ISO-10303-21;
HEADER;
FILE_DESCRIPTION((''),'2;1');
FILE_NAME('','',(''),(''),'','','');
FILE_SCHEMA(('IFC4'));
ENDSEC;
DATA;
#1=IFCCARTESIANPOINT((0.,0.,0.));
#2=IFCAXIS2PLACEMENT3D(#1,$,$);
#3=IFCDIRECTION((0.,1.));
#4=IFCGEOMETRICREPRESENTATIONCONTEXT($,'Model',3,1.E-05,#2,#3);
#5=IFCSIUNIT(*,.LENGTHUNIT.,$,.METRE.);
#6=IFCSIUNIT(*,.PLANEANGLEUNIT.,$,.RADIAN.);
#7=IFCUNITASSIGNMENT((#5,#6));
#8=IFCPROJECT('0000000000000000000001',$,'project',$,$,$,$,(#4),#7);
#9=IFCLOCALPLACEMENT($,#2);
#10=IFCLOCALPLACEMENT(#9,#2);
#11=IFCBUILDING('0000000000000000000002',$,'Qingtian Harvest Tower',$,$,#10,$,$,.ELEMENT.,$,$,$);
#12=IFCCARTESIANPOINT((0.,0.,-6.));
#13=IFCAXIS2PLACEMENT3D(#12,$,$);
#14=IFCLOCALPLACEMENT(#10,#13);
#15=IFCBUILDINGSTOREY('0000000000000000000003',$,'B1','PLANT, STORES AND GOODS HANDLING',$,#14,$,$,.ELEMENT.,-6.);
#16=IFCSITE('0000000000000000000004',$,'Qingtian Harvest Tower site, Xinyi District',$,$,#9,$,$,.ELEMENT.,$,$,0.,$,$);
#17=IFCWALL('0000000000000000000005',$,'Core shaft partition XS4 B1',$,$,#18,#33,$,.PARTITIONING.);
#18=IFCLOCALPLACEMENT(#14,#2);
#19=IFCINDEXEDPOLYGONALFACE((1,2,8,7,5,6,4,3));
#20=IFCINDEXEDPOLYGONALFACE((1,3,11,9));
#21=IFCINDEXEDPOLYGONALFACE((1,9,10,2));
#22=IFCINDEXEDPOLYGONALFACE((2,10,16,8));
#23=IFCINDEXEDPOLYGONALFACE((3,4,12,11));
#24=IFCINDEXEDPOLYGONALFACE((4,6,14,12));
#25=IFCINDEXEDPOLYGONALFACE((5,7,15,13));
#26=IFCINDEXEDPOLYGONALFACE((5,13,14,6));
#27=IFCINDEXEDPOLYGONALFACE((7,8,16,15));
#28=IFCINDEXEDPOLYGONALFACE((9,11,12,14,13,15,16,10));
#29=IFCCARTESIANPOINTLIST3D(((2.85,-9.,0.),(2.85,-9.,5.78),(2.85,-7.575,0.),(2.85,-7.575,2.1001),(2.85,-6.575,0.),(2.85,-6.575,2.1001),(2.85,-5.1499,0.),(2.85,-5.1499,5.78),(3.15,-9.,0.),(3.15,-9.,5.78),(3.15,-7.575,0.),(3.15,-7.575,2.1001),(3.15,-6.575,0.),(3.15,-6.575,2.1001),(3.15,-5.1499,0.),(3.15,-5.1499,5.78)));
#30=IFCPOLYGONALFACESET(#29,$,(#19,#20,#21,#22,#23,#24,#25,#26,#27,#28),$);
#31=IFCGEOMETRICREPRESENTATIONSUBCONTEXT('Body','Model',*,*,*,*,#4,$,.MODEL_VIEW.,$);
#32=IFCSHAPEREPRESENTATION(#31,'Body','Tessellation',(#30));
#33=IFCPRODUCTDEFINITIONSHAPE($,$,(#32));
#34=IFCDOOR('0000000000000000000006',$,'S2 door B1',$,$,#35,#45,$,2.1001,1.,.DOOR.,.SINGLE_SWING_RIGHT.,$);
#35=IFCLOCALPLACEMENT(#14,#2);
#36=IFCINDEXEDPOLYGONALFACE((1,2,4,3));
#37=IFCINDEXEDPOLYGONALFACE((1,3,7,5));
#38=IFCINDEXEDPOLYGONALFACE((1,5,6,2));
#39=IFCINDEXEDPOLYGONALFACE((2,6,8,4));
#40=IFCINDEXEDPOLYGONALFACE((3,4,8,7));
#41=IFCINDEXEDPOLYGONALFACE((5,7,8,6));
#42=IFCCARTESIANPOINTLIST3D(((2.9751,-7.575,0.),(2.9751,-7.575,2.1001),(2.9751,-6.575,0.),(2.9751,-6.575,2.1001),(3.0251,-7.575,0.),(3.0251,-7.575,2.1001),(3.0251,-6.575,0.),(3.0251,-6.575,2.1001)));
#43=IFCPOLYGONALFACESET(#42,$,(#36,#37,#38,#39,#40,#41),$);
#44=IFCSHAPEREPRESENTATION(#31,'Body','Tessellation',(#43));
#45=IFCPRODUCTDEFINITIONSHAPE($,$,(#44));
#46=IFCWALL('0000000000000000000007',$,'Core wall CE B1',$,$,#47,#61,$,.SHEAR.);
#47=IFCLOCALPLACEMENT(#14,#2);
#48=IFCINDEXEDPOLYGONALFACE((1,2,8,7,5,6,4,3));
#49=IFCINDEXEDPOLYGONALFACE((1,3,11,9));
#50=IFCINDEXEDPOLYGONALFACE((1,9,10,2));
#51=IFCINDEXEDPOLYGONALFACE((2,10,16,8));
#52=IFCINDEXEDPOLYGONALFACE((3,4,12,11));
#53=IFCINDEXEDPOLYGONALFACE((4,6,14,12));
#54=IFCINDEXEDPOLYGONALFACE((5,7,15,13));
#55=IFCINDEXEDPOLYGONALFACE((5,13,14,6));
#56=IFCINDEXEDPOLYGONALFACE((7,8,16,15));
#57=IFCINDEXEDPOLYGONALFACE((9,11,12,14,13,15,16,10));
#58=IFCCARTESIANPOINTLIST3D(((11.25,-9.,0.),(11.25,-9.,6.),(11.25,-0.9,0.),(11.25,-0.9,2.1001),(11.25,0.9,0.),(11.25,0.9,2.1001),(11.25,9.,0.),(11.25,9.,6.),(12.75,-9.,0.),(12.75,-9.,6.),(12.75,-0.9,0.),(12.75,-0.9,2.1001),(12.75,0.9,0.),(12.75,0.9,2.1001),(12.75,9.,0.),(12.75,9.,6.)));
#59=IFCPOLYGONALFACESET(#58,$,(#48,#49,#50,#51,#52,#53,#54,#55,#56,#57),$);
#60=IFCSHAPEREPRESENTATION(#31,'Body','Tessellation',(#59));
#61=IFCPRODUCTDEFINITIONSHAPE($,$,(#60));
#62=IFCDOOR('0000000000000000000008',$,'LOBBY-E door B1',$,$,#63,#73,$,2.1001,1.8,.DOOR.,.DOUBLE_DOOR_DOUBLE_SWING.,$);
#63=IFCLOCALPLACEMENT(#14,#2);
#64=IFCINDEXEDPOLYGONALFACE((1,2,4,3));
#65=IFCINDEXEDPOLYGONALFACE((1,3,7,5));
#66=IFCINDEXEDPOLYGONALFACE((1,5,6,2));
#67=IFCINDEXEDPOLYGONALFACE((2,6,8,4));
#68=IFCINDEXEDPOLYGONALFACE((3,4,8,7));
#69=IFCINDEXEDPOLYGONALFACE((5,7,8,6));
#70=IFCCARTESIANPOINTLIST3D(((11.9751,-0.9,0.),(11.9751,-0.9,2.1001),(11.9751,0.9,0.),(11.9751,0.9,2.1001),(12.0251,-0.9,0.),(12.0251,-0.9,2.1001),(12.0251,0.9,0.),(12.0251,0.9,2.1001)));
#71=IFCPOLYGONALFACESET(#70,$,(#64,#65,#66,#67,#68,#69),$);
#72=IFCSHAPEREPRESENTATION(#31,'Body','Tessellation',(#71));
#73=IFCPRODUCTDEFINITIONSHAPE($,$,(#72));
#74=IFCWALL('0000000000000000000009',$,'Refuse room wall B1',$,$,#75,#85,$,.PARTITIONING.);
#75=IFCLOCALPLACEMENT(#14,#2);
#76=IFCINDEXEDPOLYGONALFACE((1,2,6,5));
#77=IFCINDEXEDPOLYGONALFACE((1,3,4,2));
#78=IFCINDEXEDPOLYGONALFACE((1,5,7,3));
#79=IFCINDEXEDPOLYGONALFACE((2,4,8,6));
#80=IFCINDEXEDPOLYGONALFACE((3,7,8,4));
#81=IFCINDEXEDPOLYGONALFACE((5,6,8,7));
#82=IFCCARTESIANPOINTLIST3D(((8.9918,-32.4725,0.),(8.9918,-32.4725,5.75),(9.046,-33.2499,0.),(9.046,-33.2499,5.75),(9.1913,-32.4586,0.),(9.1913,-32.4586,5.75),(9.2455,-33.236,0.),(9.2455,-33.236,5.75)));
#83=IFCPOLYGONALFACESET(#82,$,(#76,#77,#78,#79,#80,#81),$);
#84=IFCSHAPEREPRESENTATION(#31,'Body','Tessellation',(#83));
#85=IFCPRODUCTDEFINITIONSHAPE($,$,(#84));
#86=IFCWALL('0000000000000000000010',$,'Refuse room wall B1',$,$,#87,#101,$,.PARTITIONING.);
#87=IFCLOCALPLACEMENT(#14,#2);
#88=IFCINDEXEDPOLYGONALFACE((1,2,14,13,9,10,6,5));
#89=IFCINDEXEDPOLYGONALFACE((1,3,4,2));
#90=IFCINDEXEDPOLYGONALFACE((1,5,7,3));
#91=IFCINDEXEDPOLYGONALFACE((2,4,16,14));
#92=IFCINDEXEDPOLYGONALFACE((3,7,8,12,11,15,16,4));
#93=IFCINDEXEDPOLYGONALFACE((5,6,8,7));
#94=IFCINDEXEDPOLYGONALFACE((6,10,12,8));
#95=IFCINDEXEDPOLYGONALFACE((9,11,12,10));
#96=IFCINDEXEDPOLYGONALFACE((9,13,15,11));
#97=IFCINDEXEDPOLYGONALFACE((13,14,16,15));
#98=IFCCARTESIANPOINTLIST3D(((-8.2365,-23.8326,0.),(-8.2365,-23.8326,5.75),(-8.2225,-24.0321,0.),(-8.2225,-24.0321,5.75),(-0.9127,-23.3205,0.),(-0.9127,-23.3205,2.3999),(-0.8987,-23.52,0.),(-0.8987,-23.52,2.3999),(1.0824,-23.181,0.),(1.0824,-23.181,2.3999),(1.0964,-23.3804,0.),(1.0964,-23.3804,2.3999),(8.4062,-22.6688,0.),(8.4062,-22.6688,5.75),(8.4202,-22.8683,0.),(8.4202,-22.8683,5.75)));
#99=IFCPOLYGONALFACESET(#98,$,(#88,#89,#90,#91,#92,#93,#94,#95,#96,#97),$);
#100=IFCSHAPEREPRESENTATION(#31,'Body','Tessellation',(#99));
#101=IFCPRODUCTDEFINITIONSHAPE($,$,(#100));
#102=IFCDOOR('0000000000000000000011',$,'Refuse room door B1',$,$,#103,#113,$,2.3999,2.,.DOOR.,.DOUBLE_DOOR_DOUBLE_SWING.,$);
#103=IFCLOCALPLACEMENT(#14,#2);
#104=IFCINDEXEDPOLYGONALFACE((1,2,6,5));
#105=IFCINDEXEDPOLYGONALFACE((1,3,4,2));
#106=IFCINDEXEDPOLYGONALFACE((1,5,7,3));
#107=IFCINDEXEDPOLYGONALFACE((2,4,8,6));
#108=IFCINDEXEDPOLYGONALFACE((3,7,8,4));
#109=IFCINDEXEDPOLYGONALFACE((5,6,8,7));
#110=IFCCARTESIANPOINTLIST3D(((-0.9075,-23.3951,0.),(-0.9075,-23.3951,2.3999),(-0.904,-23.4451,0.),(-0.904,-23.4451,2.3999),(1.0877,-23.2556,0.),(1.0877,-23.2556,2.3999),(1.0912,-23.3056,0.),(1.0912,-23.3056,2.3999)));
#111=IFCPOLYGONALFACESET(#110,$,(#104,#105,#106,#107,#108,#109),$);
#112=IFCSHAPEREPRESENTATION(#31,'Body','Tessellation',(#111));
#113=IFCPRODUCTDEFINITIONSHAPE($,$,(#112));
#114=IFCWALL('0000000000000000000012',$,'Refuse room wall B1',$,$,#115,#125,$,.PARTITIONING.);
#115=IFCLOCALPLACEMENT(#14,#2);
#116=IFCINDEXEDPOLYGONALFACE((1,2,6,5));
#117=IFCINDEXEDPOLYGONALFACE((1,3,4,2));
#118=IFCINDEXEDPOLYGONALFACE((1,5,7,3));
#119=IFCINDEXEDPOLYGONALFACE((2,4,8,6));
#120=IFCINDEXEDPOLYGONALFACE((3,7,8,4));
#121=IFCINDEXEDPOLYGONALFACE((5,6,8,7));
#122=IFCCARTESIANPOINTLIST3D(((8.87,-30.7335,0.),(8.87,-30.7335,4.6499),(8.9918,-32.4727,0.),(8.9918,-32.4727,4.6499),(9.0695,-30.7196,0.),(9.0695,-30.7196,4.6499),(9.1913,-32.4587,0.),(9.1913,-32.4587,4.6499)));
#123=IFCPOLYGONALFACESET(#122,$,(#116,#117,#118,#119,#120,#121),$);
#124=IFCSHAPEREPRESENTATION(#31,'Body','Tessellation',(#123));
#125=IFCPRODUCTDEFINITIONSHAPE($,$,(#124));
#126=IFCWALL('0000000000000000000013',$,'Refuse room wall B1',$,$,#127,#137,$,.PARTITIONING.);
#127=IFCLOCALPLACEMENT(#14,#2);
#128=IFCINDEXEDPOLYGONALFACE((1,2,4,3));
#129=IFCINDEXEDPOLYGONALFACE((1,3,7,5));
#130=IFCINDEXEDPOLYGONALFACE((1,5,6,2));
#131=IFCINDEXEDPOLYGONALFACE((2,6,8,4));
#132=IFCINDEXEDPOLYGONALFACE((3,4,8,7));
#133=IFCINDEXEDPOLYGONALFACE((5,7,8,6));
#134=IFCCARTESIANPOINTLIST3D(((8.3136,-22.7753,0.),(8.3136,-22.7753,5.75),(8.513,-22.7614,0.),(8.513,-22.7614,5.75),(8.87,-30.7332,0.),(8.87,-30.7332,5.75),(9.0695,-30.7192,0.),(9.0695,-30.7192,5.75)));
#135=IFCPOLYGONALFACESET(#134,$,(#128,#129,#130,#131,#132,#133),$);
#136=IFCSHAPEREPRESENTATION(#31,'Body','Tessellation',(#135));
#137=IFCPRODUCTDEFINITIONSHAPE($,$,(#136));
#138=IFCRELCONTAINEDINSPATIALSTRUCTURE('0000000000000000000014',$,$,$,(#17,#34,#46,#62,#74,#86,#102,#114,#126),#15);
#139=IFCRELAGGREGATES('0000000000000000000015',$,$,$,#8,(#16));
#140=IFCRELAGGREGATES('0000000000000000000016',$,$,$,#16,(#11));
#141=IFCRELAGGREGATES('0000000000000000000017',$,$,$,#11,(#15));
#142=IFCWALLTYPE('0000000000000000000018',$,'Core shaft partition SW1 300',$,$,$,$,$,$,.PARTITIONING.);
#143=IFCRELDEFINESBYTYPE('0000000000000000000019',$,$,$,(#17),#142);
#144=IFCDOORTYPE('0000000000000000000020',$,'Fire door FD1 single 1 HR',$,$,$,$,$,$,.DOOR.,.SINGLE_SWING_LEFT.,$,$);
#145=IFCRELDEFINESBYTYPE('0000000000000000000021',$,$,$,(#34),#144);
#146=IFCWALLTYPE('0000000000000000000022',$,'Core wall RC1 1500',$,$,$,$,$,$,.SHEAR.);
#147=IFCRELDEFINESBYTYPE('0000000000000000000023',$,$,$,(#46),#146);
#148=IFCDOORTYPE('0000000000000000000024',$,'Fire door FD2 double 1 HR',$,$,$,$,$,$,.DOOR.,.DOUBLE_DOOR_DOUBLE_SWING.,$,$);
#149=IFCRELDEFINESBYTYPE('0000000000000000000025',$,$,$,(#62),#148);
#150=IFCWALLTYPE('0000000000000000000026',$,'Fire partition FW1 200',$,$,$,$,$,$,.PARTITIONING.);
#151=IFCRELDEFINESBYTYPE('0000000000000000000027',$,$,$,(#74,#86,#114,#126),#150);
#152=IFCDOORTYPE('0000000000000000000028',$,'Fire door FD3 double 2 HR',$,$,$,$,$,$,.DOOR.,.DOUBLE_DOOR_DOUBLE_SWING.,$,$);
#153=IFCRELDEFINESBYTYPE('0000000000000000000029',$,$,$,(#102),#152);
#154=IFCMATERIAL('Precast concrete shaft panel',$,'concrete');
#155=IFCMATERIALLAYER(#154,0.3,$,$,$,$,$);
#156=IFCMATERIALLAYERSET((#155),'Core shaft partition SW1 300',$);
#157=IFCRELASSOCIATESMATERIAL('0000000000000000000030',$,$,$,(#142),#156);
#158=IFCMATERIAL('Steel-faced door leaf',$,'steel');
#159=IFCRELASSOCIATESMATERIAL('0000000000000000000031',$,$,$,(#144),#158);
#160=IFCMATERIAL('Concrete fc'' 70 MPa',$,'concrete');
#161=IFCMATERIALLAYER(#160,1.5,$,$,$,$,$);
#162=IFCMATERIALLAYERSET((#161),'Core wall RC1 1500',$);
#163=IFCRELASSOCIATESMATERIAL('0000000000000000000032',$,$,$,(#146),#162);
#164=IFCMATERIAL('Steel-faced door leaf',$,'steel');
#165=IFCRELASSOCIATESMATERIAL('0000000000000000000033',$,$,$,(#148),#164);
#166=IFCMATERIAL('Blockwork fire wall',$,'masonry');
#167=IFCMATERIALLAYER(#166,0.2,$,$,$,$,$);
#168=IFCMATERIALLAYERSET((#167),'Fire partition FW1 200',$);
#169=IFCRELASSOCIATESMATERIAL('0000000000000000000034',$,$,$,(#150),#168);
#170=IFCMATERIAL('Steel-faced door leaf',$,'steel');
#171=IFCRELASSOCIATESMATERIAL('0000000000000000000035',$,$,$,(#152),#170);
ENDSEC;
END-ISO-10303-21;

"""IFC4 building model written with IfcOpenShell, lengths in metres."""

from ifc_helpers import new_model, si_unit, direction, frame, frame_2d, origin, place, context, subcontext, project, spatial, rectangle, extrude, material, layer, layer_set, type_object, element, fill, save


model = new_model("IFC4")

# Units and contexts
model_context = context("Model", 3, precision=1e-05, world=origin(), true_north=direction((0.0, 1.0)))
body_context = subcontext(model_context, "Body", "Model", "MODEL_VIEW")
ifc_project = project(units=[si_unit("LENGTHUNIT", "METRE"), si_unit("PLANEANGLEUNIT", "RADIAN")], contexts=[model_context])

# Site, building, storey
site_placement = place(None, origin())
site = spatial("IfcSite", under=ifc_project, at=site_placement, Name="Qingtian Harvest Tower site, Xinyi District", CompositionType="ELEMENT", RefElevation=0.0)
building_placement = place(site_placement, origin())
building = spatial("IfcBuilding", under=site, at=building_placement, Name="Qingtian Harvest Tower", CompositionType="ELEMENT")
storey_placement = place(building_placement, frame((0.0, 0.0, -6.0)))
storey = spatial("IfcBuildingStorey", under=building, at=storey_placement, Name="B1", Description="PLANT, STORES AND GOODS HANDLING", CompositionType="ELEMENT", Elevation=-6.0)

# Walls, openings, doors
ifc_material_1 = material(Name="Precast concrete shaft panel", Category="concrete")
ifc_layer_1 = layer(ifc_material_1, 0.3)
ifc_layer_set_1 = layer_set([ifc_layer_1], Name="Core shaft partition SW1 300")
wall_type_1 = type_object("IfcWallType", Name="Core shaft partition SW1 300", PredefinedType="PARTITIONING", material=ifc_layer_set_1)
wall_1_placement = place(storey_placement, frame((3.0, -9.0, 0.0), z_axis=(0.0, 0.0, 1.0), x_axis=(0.0, 1.0, 0.0)))
wall_1 = element("IfcWall", 1, at=wall_1_placement, inside=storey, type_object=wall_type_1, Name="Core shaft partition XS4 B1", PredefinedType="PARTITIONING", context=body_context, shape_type="SweptSolid", body=[
    extrude(rectangle(XDim=3.8501, YDim=0.3, at=frame_2d((1.925, 0.0))), origin(), (0.0, 0.0, 1.0), 5.78),
])
opening_1_placement = place(wall_1_placement, frame((1.425, 0.0, 0.0)))
opening_1 = element("IfcOpeningElement", 2, at=opening_1_placement, cuts=wall_1, PredefinedType="OPENING", context=body_context, shape_type="SweptSolid", body=[
    extrude(rectangle(XDim=1.0, YDim=2.1001, at=frame_2d((0.5, 1.05))), frame((0.0, 0.1599, 0.0), z_axis=(0.0, -1.0, 0.0), x_axis=(1.0, 0.0, 0.0)), (0.0, 0.0, 1.0), 0.3201),
])
ifc_material_2 = material(Name="Steel-faced door leaf", Category="steel")
door_type_1 = type_object("IfcDoorType", Name="Fire door FD1 single 1 HR", OperationType="SINGLE_SWING_LEFT", PredefinedType="DOOR", material=ifc_material_2)
door_1_placement = place(opening_1_placement, origin())
door_1 = element("IfcDoor", 3, at=door_1_placement, inside=storey, type_object=door_type_1, Name="S2 door B1", OperationType="SINGLE_SWING_RIGHT", OverallHeight=2.1001, OverallWidth=1.0, PredefinedType="DOOR", context=body_context, shape_type="SweptSolid", body=[
    extrude(rectangle(XDim=1.0, YDim=2.1001, at=frame_2d((0.5, 1.05))), frame((0.0, 0.0249, 0.0), z_axis=(0.0, -1.0, 0.0), x_axis=(1.0, 0.0, 0.0)), (0.0, 0.0, 1.0), 0.05),
])
fill(opening_1, door_1)
ifc_material_3 = material(Name="Concrete fc' 70 MPa", Category="concrete")
ifc_layer_2 = layer(ifc_material_3, 1.5)
ifc_layer_set_2 = layer_set([ifc_layer_2], Name="Core wall RC1 1500")
wall_type_2 = type_object("IfcWallType", Name="Core wall RC1 1500", PredefinedType="SHEAR", material=ifc_layer_set_2)
wall_2_placement = place(storey_placement, frame((12.0, -9.0, 0.0), z_axis=(0.0, 0.0, 1.0), x_axis=(0.0, 1.0, 0.0)))
wall_2 = element("IfcWall", 4, at=wall_2_placement, inside=storey, type_object=wall_type_2, Name="Core wall CE B1", PredefinedType="SHEAR", context=body_context, shape_type="SweptSolid", body=[
    extrude(rectangle(XDim=18.0, YDim=1.5, at=frame_2d((9.0, 0.0))), origin(), (0.0, 0.0, 1.0), 6.0),
])
opening_2_placement = place(wall_2_placement, frame((8.1001, 0.0, 0.0)))
opening_2 = element("IfcOpeningElement", 5, at=opening_2_placement, cuts=wall_2, PredefinedType="OPENING", context=body_context, shape_type="SweptSolid", body=[
    extrude(rectangle(XDim=1.8, YDim=2.1001, at=frame_2d((0.8999, 1.05))), frame((0.0, 0.76, 0.0), z_axis=(0.0, -1.0, 0.0), x_axis=(1.0, 0.0, 0.0)), (0.0, 0.0, 1.0), 1.52),
])
ifc_material_4 = material(Name="Steel-faced door leaf", Category="steel")
door_type_2 = type_object("IfcDoorType", Name="Fire door FD2 double 1 HR", OperationType="DOUBLE_DOOR_DOUBLE_SWING", PredefinedType="DOOR", material=ifc_material_4)
door_2_placement = place(opening_2_placement, origin())
door_2 = element("IfcDoor", 6, at=door_2_placement, inside=storey, type_object=door_type_2, Name="LOBBY-E door B1", OperationType="DOUBLE_DOOR_DOUBLE_SWING", OverallHeight=2.1001, OverallWidth=1.8, PredefinedType="DOOR", context=body_context, shape_type="SweptSolid", body=[
    extrude(rectangle(XDim=1.8, YDim=2.1001, at=frame_2d((0.8999, 1.05))), frame((0.0, 0.0249, 0.0), z_axis=(0.0, -1.0, 0.0), x_axis=(1.0, 0.0, 0.0)), (0.0, 0.0, 1.0), 0.05),
])
fill(opening_2, door_2)

# Wall
ifc_material_5 = material(Name="Blockwork fire wall", Category="masonry")
ifc_layer_3 = layer(ifc_material_5, 0.2)
ifc_layer_set_3 = layer_set([ifc_layer_3], Name="Fire partition FW1 200")
wall_type_3 = type_object("IfcWallType", Name="Fire partition FW1 200", PredefinedType="PARTITIONING", material=ifc_layer_set_3)
wall_3_placement = place(storey_placement, frame((9.1458, -33.2429, 0.0), z_axis=(0.0, 0.0, 1.0), x_axis=(-0.069555, 0.997578, 0.0)))
element("IfcWall", 7, at=wall_3_placement, inside=storey, type_object=wall_type_3, Name="Refuse room wall B1", PredefinedType="PARTITIONING", context=body_context, shape_type="SweptSolid", body=[
    extrude(rectangle(XDim=0.7793, YDim=0.2, at=frame_2d((0.3896, 0.0))), origin(), (0.0, 0.0, 1.0), 5.75),
])

# Wall, opening, door
wall_4_placement = place(storey_placement, frame((8.4133, -22.7686, 0.0), z_axis=(0.0, 0.0, 1.0), x_axis=(-0.997564, -0.069759, 0.0)))
wall_4 = element("IfcWall", 8, at=wall_4_placement, inside=storey, type_object=wall_type_3, Name="Refuse room wall B1", PredefinedType="PARTITIONING", context=body_context, shape_type="SweptSolid", body=[
    extrude(rectangle(XDim=16.6833, YDim=0.2, at=frame_2d((8.3418, 0.0))), origin(), (0.0, 0.0, 1.0), 5.75),
])
opening_3_placement = place(wall_4_placement, frame((7.3418, 0.0, 0.0)))
opening_3 = element("IfcOpeningElement", 9, at=opening_3_placement, cuts=wall_4, PredefinedType="OPENING", context=body_context, shape_type="SweptSolid", body=[
    extrude(rectangle(XDim=2.0, YDim=2.3999, at=frame_2d((1.0, 1.2))), frame((0.0, 0.1099, 0.0), z_axis=(0.0, -1.0, 0.0), x_axis=(1.0, 0.0, 0.0)), (0.0, 0.0, 1.0), 0.22),
])
ifc_material_6 = material(Name="Steel-faced door leaf", Category="steel")
door_type_3 = type_object("IfcDoorType", Name="Fire door FD3 double 2 HR", OperationType="DOUBLE_DOOR_DOUBLE_SWING", PredefinedType="DOOR", material=ifc_material_6)
door_3_placement = place(opening_3_placement, origin())
door_3 = element("IfcDoor", 10, at=door_3_placement, inside=storey, type_object=door_type_3, Name="Refuse room door B1", OperationType="DOUBLE_DOOR_DOUBLE_SWING", OverallHeight=2.3999, OverallWidth=2.0, PredefinedType="DOOR", context=body_context, shape_type="SweptSolid", body=[
    extrude(rectangle(XDim=2.0, YDim=2.3999, at=frame_2d((1.0, 1.2))), frame((0.0, 0.0249, 0.0), z_axis=(0.0, -1.0, 0.0), x_axis=(1.0, 0.0, 0.0)), (0.0, 0.0, 1.0), 0.05),
])
fill(opening_3, door_3)

# Walls
wall_5_placement = place(storey_placement, frame((9.0916, -32.4656, 0.0), z_axis=(0.0, 0.0, 1.0), x_axis=(-0.069874, 0.997556, 0.0)))
element("IfcWall", 11, at=wall_5_placement, inside=storey, type_object=wall_type_3, Name="Refuse room wall B1", PredefinedType="PARTITIONING", context=body_context, shape_type="SweptSolid", body=[
    extrude(rectangle(XDim=1.7434, YDim=0.2, at=frame_2d((0.8716, 0.0))), origin(), (0.0, 0.0, 1.0), 4.6499),
])
wall_6_placement = place(storey_placement, frame((8.9697, -30.7263, 0.0), z_axis=(0.0, 0.0, 1.0), x_axis=(-0.069748, 0.997565, 0.0)))
element("IfcWall", 12, at=wall_6_placement, inside=storey, type_object=wall_type_3, Name="Refuse room wall B1", PredefinedType="PARTITIONING", context=body_context, shape_type="SweptSolid", body=[
    extrude(rectangle(XDim=7.9773, YDim=0.2, at=frame_2d((3.9888, 0.0))), origin(), (0.0, 0.0, 1.0), 5.75),
])

save(model, "model.ifc")
